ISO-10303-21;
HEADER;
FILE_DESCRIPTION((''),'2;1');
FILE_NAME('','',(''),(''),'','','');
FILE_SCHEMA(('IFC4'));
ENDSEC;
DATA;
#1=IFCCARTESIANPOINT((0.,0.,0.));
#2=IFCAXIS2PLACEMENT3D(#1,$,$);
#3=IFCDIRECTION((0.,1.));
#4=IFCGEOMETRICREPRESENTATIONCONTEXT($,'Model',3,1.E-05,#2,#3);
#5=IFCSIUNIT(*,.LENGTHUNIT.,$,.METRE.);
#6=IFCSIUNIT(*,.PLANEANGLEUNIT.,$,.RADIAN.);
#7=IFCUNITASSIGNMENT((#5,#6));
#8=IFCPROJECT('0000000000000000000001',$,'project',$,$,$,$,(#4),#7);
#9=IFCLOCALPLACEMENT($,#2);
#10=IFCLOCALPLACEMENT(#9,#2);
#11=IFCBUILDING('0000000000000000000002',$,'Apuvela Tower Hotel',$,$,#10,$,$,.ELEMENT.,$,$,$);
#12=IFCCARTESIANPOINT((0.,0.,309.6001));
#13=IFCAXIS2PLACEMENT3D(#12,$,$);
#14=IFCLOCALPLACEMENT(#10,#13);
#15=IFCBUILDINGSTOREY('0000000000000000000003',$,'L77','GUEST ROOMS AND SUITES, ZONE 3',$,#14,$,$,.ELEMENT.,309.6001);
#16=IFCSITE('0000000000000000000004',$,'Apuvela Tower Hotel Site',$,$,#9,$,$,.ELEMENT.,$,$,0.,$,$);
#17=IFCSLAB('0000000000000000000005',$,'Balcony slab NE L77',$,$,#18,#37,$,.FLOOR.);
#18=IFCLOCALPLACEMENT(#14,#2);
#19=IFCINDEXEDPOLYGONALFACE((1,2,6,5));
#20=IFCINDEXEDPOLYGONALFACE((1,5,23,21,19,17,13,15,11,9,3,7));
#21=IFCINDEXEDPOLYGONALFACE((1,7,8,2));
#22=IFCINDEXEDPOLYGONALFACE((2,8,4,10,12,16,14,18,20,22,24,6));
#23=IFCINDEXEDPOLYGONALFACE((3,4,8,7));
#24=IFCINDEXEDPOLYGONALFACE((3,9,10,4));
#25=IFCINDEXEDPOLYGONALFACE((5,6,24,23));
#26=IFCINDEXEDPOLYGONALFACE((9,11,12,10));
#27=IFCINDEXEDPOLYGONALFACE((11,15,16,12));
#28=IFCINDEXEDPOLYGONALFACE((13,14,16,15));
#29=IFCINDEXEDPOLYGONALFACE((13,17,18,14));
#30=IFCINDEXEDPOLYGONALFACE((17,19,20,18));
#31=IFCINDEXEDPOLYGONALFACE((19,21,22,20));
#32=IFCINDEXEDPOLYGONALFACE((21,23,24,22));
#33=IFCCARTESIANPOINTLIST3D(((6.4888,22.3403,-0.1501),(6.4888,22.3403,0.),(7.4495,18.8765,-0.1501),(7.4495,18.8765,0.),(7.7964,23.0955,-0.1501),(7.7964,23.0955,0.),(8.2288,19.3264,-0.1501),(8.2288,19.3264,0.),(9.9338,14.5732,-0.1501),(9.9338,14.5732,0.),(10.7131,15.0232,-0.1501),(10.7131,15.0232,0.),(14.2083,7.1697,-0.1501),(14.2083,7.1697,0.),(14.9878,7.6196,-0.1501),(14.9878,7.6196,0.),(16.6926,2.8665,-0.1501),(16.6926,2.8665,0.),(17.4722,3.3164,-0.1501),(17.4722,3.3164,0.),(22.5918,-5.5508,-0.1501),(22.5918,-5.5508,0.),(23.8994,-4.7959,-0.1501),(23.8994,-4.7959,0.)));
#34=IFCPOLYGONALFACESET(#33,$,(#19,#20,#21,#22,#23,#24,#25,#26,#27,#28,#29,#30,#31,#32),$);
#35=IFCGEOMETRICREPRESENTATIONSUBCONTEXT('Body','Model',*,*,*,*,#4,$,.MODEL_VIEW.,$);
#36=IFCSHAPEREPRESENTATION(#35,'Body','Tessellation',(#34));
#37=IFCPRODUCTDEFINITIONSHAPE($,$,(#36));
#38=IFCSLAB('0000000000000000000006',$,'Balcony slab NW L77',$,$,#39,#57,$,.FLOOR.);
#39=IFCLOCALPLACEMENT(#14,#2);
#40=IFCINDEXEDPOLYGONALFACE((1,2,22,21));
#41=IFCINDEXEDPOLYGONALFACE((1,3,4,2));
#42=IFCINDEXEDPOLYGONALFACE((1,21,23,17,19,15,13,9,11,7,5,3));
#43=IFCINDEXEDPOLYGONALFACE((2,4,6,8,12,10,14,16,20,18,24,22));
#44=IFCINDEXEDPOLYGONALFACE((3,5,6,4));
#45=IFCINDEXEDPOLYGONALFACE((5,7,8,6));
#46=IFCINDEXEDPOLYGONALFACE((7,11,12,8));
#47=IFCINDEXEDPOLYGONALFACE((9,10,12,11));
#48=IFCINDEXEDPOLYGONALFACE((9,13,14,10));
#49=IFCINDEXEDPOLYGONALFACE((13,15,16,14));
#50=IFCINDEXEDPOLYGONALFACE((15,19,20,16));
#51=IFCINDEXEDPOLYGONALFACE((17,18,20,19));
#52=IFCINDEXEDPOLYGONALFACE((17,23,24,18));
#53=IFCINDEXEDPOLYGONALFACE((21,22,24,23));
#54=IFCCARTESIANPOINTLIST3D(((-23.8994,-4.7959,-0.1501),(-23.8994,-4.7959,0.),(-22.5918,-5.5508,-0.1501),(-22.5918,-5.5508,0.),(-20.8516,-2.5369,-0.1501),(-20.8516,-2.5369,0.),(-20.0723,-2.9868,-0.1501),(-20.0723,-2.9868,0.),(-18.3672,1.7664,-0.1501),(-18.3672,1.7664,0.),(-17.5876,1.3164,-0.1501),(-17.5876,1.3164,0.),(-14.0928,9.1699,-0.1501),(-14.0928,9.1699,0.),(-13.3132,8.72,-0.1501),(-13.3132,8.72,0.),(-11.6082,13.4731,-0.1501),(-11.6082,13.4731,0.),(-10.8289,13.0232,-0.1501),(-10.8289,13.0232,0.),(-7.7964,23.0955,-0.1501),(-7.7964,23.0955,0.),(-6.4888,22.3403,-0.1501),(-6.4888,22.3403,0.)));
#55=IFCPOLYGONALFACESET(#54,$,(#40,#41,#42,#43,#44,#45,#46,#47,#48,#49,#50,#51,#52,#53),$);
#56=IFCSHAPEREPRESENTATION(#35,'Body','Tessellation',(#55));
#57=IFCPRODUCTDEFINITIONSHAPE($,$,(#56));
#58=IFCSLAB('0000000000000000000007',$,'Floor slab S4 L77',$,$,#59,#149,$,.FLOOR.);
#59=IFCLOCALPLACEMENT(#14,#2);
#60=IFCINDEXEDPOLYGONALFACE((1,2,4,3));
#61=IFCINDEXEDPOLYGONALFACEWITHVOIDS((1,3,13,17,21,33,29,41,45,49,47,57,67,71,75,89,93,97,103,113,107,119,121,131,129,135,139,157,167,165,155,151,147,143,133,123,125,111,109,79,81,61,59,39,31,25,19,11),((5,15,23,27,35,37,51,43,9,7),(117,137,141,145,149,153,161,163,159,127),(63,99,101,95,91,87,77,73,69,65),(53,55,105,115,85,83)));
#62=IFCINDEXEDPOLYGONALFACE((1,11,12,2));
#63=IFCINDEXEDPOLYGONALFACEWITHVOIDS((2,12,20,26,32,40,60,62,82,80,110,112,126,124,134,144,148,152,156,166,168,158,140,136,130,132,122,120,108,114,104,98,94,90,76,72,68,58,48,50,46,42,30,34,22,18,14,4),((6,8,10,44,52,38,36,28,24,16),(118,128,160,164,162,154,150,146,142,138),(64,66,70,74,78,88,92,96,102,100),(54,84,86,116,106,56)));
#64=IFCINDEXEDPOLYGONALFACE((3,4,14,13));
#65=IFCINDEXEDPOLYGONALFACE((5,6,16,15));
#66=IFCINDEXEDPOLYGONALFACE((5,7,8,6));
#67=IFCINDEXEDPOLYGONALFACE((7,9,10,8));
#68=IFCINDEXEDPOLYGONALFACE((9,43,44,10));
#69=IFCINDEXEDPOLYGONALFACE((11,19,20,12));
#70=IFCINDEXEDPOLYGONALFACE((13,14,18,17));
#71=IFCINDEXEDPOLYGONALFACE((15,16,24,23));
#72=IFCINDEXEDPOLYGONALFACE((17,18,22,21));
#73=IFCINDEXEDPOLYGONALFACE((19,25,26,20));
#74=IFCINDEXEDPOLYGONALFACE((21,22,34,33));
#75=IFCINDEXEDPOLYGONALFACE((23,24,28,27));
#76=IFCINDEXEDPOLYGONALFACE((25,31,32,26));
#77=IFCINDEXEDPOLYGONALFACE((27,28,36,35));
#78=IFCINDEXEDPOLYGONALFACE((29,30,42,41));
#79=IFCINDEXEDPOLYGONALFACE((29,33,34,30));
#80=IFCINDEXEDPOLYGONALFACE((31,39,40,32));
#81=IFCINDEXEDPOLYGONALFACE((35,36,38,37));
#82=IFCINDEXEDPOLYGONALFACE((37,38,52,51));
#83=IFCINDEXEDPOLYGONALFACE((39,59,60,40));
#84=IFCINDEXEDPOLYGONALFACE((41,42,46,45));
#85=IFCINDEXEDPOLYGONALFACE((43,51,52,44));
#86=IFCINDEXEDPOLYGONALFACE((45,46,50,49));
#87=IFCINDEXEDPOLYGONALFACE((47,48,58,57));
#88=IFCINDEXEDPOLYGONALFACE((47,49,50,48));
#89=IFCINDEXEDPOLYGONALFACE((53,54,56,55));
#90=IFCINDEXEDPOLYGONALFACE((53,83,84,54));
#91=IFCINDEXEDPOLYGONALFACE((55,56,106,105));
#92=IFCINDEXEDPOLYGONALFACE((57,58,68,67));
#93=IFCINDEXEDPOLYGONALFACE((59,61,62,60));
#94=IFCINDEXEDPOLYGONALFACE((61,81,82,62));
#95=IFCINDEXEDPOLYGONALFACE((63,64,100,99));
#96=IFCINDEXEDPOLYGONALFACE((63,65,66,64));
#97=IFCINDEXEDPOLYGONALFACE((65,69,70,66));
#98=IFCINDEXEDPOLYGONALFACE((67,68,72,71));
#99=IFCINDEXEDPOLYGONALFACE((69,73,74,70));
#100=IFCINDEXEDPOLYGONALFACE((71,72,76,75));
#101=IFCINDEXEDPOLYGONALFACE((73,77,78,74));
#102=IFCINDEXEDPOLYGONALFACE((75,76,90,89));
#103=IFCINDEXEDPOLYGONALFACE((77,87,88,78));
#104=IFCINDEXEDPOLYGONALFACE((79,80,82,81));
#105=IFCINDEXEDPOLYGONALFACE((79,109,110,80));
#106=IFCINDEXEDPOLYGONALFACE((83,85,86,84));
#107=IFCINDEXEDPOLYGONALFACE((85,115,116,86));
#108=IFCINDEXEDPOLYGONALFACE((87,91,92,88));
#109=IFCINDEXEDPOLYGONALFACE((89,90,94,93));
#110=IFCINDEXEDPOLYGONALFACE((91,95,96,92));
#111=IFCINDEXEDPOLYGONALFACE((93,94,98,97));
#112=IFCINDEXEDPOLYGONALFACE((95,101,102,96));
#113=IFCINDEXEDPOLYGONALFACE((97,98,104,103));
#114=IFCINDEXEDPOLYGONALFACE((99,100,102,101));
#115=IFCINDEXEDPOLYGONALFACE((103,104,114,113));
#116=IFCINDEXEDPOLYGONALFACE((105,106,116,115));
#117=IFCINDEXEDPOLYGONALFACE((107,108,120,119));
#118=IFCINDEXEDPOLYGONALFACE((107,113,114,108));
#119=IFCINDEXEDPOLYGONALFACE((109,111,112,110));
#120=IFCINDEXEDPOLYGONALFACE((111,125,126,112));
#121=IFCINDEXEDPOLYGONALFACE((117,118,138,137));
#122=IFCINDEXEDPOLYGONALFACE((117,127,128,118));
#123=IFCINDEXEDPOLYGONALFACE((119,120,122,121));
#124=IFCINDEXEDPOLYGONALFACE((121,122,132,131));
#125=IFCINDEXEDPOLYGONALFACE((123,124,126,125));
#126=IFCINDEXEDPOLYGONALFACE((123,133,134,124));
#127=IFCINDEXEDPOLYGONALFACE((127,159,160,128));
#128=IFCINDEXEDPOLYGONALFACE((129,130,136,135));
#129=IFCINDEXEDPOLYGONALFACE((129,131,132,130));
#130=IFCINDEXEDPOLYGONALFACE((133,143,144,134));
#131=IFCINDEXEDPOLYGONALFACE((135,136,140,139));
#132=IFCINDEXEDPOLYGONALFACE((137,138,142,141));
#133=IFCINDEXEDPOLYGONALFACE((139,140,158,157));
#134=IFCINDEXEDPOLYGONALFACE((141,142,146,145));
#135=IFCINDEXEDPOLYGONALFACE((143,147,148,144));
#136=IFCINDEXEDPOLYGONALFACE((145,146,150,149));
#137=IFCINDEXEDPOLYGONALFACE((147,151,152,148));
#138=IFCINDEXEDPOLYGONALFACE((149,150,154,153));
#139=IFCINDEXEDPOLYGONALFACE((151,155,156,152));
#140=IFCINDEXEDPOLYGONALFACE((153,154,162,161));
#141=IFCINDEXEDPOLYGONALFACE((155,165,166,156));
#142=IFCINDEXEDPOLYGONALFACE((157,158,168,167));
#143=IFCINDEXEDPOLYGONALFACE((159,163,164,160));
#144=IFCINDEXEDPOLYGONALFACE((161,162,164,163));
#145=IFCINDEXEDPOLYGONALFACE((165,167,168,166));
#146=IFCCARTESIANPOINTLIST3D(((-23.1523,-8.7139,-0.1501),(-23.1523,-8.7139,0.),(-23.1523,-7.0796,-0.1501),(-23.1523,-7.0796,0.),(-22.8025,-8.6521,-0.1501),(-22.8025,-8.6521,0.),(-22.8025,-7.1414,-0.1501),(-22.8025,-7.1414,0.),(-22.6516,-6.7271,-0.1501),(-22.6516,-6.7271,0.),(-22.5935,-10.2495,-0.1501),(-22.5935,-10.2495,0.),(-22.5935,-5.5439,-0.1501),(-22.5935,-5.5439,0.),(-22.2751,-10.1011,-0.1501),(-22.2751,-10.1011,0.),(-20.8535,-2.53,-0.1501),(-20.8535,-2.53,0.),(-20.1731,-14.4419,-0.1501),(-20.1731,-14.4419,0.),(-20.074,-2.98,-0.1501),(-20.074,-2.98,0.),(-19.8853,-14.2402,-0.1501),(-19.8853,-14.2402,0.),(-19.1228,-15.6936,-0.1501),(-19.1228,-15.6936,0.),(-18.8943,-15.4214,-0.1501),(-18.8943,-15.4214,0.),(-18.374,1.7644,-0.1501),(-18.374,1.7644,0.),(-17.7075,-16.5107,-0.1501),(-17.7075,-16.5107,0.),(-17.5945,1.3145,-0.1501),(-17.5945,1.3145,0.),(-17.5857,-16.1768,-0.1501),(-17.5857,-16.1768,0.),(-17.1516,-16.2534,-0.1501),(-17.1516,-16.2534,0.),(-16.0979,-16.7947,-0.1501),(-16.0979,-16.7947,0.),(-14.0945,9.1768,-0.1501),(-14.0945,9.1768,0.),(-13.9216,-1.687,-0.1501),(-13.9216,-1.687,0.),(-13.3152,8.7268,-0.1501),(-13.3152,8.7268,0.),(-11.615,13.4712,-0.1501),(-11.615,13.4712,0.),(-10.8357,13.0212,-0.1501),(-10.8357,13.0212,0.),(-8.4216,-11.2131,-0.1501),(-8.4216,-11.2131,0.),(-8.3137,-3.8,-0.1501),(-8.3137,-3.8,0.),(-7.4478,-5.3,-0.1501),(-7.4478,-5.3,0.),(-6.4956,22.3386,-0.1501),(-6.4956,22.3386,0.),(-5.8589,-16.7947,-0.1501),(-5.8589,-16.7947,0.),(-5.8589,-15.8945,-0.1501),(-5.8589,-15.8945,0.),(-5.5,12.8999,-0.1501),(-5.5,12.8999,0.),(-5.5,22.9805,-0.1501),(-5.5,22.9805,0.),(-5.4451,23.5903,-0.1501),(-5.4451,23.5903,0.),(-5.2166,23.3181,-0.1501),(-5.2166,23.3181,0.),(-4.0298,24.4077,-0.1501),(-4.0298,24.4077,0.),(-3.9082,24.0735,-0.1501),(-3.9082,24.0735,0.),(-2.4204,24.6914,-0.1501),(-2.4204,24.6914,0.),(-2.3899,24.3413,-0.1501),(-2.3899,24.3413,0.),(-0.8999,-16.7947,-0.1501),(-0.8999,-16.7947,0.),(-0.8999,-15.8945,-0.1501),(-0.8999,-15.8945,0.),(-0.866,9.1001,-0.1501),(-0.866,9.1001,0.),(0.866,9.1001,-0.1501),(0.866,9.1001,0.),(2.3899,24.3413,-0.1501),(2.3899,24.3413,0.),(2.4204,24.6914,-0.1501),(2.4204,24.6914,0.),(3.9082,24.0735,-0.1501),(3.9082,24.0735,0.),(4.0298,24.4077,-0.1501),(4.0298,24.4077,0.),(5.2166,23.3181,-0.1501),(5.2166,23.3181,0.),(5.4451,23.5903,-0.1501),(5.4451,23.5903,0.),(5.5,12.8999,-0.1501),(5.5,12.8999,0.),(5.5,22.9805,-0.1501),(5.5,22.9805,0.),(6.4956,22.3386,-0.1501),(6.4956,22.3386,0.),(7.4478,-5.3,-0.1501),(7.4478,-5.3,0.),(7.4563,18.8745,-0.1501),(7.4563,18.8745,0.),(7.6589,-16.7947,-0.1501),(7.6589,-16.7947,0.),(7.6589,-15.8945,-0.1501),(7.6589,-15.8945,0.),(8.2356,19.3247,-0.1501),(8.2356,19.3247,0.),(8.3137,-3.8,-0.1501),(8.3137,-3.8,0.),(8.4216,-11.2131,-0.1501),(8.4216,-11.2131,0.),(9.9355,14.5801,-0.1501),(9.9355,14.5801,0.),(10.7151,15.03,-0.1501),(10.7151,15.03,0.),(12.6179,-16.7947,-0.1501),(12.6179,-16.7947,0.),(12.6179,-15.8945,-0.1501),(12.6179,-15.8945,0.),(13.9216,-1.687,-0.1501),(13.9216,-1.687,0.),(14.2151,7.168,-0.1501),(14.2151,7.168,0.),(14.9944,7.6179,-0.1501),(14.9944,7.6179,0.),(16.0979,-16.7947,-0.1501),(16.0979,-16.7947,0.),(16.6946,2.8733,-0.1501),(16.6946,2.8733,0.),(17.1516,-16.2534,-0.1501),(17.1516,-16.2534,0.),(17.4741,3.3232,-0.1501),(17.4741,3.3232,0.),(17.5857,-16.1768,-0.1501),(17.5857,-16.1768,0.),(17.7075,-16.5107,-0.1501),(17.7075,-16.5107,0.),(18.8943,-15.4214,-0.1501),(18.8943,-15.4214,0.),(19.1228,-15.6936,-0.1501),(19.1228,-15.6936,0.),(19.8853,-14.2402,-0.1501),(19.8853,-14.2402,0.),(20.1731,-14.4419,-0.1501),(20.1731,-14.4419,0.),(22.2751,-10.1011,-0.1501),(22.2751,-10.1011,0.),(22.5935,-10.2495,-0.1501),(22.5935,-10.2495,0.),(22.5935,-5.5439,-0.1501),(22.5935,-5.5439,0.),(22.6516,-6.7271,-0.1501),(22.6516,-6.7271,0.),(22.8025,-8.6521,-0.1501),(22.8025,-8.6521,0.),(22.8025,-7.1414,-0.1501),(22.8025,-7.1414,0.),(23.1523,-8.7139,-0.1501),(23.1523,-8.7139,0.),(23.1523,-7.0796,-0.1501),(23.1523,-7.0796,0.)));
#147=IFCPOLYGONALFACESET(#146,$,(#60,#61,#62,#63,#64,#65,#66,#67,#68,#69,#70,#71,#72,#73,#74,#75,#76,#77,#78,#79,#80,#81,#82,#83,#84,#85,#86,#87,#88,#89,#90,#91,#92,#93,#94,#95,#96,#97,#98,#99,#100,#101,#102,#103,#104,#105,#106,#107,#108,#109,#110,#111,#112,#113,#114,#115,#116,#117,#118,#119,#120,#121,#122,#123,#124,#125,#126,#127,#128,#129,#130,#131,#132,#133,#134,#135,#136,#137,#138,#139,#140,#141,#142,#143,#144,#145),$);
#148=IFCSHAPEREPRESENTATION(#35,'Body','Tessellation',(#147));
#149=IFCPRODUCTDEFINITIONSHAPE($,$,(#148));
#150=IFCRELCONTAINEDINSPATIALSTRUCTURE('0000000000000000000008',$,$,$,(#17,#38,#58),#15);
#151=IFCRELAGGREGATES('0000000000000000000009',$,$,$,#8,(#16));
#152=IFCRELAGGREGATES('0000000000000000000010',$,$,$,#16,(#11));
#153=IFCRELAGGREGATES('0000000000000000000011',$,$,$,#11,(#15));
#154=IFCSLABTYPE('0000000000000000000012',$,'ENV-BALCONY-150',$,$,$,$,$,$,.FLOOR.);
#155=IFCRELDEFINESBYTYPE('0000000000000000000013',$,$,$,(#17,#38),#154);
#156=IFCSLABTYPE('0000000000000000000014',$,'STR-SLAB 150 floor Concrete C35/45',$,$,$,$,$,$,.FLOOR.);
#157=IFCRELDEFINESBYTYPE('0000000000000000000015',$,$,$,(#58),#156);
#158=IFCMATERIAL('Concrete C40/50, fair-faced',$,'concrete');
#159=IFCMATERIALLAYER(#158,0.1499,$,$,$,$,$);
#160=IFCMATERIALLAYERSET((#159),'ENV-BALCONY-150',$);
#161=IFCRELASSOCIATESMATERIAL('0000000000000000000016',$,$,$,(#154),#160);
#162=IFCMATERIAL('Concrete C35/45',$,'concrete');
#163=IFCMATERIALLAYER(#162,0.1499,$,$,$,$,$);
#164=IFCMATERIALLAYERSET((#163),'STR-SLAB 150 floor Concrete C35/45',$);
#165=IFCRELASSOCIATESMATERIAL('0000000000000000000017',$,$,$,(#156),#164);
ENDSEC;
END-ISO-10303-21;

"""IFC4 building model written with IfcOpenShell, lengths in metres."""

from ifc_helpers import new_model, si_unit, direction, frame, origin, place, context, subcontext, project, spatial, polyline, outline, extrude, material, layer, layer_set, type_object, element, save


model = new_model("IFC4")

# Units and contexts
model_context = context("Model", 3, precision=1e-05, world=origin(), true_north=direction((0.0, 1.0)))
body_context = subcontext(model_context, "Body", "Model", "MODEL_VIEW")
ifc_project = project(units=[si_unit("LENGTHUNIT", "METRE"), si_unit("PLANEANGLEUNIT", "RADIAN")], contexts=[model_context])

# Site, building, storey
site_placement = place(None, origin())
site = spatial("IfcSite", under=ifc_project, at=site_placement, Name="Apuvela Tower Hotel Site", CompositionType="ELEMENT", RefElevation=0.0)
building_placement = place(site_placement, origin())
building = spatial("IfcBuilding", under=site, at=building_placement, Name="Apuvela Tower Hotel", CompositionType="ELEMENT")
storey_placement = place(building_placement, frame((0.0, 0.0, 309.6001)))
storey = spatial("IfcBuildingStorey", under=building, at=storey_placement, Name="L77", Description="GUEST ROOMS AND SUITES, ZONE 3", CompositionType="ELEMENT", Elevation=309.6001)

# Slabs
ifc_material_1 = material(Name="Concrete C40/50, fair-faced", Category="concrete")
ifc_layer_1 = layer(ifc_material_1, 0.1499)
ifc_layer_set_1 = layer_set([ifc_layer_1], Name="ENV-BALCONY-150")
slab_type_1 = type_object("IfcSlabType", Name="ENV-BALCONY-150", PredefinedType="FLOOR", material=ifc_layer_set_1)
slab_1_placement = place(storey_placement, frame((0.0, 0.0, -0.1501)))
element("IfcSlab", 1, at=slab_1_placement, inside=storey, type_object=slab_type_1, Name="Balcony slab NE L77", PredefinedType="FLOOR", context=body_context, shape_type="SweptSolid", body=[
    extrude(outline(polyline([(14.9878, 7.6196), (10.7131, 15.0232), (9.9338, 14.5732), (7.4495, 18.8765), (8.2288, 19.3264), (6.4888, 22.3403), (7.7964, 23.0955), (23.8994, -4.7959), (22.5918, -5.5508), (17.4722, 3.3164), (16.6926, 2.8665), (14.2083, 7.1697), (14.9878, 7.6196)])), origin(), (0.0, 0.0, 1.0), 0.1501),
])
slab_2_placement = place(storey_placement, frame((0.0, 0.0, -0.1501)))
element("IfcSlab", 2, at=slab_2_placement, inside=storey, type_object=slab_type_1, Name="Balcony slab NW L77", PredefinedType="FLOOR", context=body_context, shape_type="SweptSolid", body=[
    extrude(outline(polyline([(-23.8994, -4.7959), (-7.7964, 23.0955), (-6.4888, 22.3403), (-11.6082, 13.4731), (-10.8289, 13.0232), (-13.3132, 8.72), (-14.0928, 9.1699), (-18.3672, 1.7664), (-17.5876, 1.3164), (-20.0723, -2.9868), (-20.8516, -2.5369), (-22.5918, -5.5508), (-23.8994, -4.7959)])), origin(), (0.0, 0.0, 1.0), 0.1501),
])
ifc_material_2 = material(Name="Concrete C35/45", Category="concrete")
ifc_layer_2 = layer(ifc_material_2, 0.1499)
ifc_layer_set_2 = layer_set([ifc_layer_2], Name="STR-SLAB 150 floor Concrete C35/45")
slab_type_2 = type_object("IfcSlabType", Name="STR-SLAB 150 floor Concrete C35/45", PredefinedType="FLOOR", material=ifc_layer_set_2)
slab_3_placement = place(storey_placement, frame((0.0, 0.0, -0.1501)))
element("IfcSlab", 3, at=slab_3_placement, inside=storey, type_object=slab_type_2, Name="Floor slab S4 L77", PredefinedType="FLOOR", context=body_context, shape_type="SweptSolid", body=[
    extrude(outline(polyline([(-5.4451, 23.5903), (-4.0298, 24.4077), (-2.4204, 24.6914), (2.4204, 24.6914), (4.0298, 24.4077), (5.4451, 23.5903), (6.4956, 22.3386), (8.2356, 19.3247), (7.4563, 18.8745), (9.9355, 14.5801), (10.7151, 15.03), (14.9944, 7.6179), (14.2151, 7.168), (16.6946, 2.8733), (17.4741, 3.3232), (22.5935, -5.5439), (23.1523, -7.0796), (23.1523, -8.7139), (22.5935, -10.2495), (20.1731, -14.4419), (19.1228, -15.6936), (17.7075, -16.5107), (16.0979, -16.7947), (12.6179, -16.7947), (12.6179, -15.8945), (7.6589, -15.8945), (7.6589, -16.7947), (-0.8999, -16.7947), (-0.8999, -15.8945), (-5.8589, -15.8945), (-5.8589, -16.7947), (-16.0979, -16.7947), (-17.7075, -16.5107), (-19.1228, -15.6936), (-20.1731, -14.4419), (-22.5935, -10.2495), (-23.1523, -8.7139), (-23.1523, -7.0796), (-22.5935, -5.5439), (-20.8535, -2.53), (-20.074, -2.98), (-17.5945, 1.3145), (-18.374, 1.7644), (-14.0945, 9.1768), (-13.3152, 8.7268), (-10.8357, 13.0212), (-11.615, 13.4712), (-6.4956, 22.3386), (-5.4451, 23.5903)]), holes=[polyline([(0.866, 9.1001), (-0.866, 9.1001), (-8.3137, -3.8), (-7.4478, -5.3), (7.4478, -5.3), (8.3137, -3.8), (0.866, 9.1001)]), polyline([(-5.5, 12.8999), (-5.5, 22.9805), (-5.2166, 23.3181), (-3.9082, 24.0735), (-2.3899, 24.3413), (2.3899, 24.3413), (3.9082, 24.0735), (5.2166, 23.3181), (5.5, 22.9805), (5.5, 12.8999), (-5.5, 12.8999)]), polyline([(-8.4216, -11.2131), (-17.1516, -16.2534), (-17.5857, -16.1768), (-18.8943, -15.4214), (-19.8853, -14.2402), (-22.2751, -10.1011), (-22.8025, -8.6521), (-22.8025, -7.1414), (-22.6516, -6.7271), (-13.9216, -1.687), (-8.4216, -11.2131)]), polyline([(13.9216, -1.687), (22.6516, -6.7271), (22.8025, -7.1414), (22.8025, -8.6521), (22.2751, -10.1011), (19.8853, -14.2402), (18.8943, -15.4214), (17.5857, -16.1768), (17.1516, -16.2534), (8.4216, -11.2131), (13.9216, -1.687)])]), origin(), (0.0, 0.0, 1.0), 0.1501),
])

save(model, "model.ifc")
